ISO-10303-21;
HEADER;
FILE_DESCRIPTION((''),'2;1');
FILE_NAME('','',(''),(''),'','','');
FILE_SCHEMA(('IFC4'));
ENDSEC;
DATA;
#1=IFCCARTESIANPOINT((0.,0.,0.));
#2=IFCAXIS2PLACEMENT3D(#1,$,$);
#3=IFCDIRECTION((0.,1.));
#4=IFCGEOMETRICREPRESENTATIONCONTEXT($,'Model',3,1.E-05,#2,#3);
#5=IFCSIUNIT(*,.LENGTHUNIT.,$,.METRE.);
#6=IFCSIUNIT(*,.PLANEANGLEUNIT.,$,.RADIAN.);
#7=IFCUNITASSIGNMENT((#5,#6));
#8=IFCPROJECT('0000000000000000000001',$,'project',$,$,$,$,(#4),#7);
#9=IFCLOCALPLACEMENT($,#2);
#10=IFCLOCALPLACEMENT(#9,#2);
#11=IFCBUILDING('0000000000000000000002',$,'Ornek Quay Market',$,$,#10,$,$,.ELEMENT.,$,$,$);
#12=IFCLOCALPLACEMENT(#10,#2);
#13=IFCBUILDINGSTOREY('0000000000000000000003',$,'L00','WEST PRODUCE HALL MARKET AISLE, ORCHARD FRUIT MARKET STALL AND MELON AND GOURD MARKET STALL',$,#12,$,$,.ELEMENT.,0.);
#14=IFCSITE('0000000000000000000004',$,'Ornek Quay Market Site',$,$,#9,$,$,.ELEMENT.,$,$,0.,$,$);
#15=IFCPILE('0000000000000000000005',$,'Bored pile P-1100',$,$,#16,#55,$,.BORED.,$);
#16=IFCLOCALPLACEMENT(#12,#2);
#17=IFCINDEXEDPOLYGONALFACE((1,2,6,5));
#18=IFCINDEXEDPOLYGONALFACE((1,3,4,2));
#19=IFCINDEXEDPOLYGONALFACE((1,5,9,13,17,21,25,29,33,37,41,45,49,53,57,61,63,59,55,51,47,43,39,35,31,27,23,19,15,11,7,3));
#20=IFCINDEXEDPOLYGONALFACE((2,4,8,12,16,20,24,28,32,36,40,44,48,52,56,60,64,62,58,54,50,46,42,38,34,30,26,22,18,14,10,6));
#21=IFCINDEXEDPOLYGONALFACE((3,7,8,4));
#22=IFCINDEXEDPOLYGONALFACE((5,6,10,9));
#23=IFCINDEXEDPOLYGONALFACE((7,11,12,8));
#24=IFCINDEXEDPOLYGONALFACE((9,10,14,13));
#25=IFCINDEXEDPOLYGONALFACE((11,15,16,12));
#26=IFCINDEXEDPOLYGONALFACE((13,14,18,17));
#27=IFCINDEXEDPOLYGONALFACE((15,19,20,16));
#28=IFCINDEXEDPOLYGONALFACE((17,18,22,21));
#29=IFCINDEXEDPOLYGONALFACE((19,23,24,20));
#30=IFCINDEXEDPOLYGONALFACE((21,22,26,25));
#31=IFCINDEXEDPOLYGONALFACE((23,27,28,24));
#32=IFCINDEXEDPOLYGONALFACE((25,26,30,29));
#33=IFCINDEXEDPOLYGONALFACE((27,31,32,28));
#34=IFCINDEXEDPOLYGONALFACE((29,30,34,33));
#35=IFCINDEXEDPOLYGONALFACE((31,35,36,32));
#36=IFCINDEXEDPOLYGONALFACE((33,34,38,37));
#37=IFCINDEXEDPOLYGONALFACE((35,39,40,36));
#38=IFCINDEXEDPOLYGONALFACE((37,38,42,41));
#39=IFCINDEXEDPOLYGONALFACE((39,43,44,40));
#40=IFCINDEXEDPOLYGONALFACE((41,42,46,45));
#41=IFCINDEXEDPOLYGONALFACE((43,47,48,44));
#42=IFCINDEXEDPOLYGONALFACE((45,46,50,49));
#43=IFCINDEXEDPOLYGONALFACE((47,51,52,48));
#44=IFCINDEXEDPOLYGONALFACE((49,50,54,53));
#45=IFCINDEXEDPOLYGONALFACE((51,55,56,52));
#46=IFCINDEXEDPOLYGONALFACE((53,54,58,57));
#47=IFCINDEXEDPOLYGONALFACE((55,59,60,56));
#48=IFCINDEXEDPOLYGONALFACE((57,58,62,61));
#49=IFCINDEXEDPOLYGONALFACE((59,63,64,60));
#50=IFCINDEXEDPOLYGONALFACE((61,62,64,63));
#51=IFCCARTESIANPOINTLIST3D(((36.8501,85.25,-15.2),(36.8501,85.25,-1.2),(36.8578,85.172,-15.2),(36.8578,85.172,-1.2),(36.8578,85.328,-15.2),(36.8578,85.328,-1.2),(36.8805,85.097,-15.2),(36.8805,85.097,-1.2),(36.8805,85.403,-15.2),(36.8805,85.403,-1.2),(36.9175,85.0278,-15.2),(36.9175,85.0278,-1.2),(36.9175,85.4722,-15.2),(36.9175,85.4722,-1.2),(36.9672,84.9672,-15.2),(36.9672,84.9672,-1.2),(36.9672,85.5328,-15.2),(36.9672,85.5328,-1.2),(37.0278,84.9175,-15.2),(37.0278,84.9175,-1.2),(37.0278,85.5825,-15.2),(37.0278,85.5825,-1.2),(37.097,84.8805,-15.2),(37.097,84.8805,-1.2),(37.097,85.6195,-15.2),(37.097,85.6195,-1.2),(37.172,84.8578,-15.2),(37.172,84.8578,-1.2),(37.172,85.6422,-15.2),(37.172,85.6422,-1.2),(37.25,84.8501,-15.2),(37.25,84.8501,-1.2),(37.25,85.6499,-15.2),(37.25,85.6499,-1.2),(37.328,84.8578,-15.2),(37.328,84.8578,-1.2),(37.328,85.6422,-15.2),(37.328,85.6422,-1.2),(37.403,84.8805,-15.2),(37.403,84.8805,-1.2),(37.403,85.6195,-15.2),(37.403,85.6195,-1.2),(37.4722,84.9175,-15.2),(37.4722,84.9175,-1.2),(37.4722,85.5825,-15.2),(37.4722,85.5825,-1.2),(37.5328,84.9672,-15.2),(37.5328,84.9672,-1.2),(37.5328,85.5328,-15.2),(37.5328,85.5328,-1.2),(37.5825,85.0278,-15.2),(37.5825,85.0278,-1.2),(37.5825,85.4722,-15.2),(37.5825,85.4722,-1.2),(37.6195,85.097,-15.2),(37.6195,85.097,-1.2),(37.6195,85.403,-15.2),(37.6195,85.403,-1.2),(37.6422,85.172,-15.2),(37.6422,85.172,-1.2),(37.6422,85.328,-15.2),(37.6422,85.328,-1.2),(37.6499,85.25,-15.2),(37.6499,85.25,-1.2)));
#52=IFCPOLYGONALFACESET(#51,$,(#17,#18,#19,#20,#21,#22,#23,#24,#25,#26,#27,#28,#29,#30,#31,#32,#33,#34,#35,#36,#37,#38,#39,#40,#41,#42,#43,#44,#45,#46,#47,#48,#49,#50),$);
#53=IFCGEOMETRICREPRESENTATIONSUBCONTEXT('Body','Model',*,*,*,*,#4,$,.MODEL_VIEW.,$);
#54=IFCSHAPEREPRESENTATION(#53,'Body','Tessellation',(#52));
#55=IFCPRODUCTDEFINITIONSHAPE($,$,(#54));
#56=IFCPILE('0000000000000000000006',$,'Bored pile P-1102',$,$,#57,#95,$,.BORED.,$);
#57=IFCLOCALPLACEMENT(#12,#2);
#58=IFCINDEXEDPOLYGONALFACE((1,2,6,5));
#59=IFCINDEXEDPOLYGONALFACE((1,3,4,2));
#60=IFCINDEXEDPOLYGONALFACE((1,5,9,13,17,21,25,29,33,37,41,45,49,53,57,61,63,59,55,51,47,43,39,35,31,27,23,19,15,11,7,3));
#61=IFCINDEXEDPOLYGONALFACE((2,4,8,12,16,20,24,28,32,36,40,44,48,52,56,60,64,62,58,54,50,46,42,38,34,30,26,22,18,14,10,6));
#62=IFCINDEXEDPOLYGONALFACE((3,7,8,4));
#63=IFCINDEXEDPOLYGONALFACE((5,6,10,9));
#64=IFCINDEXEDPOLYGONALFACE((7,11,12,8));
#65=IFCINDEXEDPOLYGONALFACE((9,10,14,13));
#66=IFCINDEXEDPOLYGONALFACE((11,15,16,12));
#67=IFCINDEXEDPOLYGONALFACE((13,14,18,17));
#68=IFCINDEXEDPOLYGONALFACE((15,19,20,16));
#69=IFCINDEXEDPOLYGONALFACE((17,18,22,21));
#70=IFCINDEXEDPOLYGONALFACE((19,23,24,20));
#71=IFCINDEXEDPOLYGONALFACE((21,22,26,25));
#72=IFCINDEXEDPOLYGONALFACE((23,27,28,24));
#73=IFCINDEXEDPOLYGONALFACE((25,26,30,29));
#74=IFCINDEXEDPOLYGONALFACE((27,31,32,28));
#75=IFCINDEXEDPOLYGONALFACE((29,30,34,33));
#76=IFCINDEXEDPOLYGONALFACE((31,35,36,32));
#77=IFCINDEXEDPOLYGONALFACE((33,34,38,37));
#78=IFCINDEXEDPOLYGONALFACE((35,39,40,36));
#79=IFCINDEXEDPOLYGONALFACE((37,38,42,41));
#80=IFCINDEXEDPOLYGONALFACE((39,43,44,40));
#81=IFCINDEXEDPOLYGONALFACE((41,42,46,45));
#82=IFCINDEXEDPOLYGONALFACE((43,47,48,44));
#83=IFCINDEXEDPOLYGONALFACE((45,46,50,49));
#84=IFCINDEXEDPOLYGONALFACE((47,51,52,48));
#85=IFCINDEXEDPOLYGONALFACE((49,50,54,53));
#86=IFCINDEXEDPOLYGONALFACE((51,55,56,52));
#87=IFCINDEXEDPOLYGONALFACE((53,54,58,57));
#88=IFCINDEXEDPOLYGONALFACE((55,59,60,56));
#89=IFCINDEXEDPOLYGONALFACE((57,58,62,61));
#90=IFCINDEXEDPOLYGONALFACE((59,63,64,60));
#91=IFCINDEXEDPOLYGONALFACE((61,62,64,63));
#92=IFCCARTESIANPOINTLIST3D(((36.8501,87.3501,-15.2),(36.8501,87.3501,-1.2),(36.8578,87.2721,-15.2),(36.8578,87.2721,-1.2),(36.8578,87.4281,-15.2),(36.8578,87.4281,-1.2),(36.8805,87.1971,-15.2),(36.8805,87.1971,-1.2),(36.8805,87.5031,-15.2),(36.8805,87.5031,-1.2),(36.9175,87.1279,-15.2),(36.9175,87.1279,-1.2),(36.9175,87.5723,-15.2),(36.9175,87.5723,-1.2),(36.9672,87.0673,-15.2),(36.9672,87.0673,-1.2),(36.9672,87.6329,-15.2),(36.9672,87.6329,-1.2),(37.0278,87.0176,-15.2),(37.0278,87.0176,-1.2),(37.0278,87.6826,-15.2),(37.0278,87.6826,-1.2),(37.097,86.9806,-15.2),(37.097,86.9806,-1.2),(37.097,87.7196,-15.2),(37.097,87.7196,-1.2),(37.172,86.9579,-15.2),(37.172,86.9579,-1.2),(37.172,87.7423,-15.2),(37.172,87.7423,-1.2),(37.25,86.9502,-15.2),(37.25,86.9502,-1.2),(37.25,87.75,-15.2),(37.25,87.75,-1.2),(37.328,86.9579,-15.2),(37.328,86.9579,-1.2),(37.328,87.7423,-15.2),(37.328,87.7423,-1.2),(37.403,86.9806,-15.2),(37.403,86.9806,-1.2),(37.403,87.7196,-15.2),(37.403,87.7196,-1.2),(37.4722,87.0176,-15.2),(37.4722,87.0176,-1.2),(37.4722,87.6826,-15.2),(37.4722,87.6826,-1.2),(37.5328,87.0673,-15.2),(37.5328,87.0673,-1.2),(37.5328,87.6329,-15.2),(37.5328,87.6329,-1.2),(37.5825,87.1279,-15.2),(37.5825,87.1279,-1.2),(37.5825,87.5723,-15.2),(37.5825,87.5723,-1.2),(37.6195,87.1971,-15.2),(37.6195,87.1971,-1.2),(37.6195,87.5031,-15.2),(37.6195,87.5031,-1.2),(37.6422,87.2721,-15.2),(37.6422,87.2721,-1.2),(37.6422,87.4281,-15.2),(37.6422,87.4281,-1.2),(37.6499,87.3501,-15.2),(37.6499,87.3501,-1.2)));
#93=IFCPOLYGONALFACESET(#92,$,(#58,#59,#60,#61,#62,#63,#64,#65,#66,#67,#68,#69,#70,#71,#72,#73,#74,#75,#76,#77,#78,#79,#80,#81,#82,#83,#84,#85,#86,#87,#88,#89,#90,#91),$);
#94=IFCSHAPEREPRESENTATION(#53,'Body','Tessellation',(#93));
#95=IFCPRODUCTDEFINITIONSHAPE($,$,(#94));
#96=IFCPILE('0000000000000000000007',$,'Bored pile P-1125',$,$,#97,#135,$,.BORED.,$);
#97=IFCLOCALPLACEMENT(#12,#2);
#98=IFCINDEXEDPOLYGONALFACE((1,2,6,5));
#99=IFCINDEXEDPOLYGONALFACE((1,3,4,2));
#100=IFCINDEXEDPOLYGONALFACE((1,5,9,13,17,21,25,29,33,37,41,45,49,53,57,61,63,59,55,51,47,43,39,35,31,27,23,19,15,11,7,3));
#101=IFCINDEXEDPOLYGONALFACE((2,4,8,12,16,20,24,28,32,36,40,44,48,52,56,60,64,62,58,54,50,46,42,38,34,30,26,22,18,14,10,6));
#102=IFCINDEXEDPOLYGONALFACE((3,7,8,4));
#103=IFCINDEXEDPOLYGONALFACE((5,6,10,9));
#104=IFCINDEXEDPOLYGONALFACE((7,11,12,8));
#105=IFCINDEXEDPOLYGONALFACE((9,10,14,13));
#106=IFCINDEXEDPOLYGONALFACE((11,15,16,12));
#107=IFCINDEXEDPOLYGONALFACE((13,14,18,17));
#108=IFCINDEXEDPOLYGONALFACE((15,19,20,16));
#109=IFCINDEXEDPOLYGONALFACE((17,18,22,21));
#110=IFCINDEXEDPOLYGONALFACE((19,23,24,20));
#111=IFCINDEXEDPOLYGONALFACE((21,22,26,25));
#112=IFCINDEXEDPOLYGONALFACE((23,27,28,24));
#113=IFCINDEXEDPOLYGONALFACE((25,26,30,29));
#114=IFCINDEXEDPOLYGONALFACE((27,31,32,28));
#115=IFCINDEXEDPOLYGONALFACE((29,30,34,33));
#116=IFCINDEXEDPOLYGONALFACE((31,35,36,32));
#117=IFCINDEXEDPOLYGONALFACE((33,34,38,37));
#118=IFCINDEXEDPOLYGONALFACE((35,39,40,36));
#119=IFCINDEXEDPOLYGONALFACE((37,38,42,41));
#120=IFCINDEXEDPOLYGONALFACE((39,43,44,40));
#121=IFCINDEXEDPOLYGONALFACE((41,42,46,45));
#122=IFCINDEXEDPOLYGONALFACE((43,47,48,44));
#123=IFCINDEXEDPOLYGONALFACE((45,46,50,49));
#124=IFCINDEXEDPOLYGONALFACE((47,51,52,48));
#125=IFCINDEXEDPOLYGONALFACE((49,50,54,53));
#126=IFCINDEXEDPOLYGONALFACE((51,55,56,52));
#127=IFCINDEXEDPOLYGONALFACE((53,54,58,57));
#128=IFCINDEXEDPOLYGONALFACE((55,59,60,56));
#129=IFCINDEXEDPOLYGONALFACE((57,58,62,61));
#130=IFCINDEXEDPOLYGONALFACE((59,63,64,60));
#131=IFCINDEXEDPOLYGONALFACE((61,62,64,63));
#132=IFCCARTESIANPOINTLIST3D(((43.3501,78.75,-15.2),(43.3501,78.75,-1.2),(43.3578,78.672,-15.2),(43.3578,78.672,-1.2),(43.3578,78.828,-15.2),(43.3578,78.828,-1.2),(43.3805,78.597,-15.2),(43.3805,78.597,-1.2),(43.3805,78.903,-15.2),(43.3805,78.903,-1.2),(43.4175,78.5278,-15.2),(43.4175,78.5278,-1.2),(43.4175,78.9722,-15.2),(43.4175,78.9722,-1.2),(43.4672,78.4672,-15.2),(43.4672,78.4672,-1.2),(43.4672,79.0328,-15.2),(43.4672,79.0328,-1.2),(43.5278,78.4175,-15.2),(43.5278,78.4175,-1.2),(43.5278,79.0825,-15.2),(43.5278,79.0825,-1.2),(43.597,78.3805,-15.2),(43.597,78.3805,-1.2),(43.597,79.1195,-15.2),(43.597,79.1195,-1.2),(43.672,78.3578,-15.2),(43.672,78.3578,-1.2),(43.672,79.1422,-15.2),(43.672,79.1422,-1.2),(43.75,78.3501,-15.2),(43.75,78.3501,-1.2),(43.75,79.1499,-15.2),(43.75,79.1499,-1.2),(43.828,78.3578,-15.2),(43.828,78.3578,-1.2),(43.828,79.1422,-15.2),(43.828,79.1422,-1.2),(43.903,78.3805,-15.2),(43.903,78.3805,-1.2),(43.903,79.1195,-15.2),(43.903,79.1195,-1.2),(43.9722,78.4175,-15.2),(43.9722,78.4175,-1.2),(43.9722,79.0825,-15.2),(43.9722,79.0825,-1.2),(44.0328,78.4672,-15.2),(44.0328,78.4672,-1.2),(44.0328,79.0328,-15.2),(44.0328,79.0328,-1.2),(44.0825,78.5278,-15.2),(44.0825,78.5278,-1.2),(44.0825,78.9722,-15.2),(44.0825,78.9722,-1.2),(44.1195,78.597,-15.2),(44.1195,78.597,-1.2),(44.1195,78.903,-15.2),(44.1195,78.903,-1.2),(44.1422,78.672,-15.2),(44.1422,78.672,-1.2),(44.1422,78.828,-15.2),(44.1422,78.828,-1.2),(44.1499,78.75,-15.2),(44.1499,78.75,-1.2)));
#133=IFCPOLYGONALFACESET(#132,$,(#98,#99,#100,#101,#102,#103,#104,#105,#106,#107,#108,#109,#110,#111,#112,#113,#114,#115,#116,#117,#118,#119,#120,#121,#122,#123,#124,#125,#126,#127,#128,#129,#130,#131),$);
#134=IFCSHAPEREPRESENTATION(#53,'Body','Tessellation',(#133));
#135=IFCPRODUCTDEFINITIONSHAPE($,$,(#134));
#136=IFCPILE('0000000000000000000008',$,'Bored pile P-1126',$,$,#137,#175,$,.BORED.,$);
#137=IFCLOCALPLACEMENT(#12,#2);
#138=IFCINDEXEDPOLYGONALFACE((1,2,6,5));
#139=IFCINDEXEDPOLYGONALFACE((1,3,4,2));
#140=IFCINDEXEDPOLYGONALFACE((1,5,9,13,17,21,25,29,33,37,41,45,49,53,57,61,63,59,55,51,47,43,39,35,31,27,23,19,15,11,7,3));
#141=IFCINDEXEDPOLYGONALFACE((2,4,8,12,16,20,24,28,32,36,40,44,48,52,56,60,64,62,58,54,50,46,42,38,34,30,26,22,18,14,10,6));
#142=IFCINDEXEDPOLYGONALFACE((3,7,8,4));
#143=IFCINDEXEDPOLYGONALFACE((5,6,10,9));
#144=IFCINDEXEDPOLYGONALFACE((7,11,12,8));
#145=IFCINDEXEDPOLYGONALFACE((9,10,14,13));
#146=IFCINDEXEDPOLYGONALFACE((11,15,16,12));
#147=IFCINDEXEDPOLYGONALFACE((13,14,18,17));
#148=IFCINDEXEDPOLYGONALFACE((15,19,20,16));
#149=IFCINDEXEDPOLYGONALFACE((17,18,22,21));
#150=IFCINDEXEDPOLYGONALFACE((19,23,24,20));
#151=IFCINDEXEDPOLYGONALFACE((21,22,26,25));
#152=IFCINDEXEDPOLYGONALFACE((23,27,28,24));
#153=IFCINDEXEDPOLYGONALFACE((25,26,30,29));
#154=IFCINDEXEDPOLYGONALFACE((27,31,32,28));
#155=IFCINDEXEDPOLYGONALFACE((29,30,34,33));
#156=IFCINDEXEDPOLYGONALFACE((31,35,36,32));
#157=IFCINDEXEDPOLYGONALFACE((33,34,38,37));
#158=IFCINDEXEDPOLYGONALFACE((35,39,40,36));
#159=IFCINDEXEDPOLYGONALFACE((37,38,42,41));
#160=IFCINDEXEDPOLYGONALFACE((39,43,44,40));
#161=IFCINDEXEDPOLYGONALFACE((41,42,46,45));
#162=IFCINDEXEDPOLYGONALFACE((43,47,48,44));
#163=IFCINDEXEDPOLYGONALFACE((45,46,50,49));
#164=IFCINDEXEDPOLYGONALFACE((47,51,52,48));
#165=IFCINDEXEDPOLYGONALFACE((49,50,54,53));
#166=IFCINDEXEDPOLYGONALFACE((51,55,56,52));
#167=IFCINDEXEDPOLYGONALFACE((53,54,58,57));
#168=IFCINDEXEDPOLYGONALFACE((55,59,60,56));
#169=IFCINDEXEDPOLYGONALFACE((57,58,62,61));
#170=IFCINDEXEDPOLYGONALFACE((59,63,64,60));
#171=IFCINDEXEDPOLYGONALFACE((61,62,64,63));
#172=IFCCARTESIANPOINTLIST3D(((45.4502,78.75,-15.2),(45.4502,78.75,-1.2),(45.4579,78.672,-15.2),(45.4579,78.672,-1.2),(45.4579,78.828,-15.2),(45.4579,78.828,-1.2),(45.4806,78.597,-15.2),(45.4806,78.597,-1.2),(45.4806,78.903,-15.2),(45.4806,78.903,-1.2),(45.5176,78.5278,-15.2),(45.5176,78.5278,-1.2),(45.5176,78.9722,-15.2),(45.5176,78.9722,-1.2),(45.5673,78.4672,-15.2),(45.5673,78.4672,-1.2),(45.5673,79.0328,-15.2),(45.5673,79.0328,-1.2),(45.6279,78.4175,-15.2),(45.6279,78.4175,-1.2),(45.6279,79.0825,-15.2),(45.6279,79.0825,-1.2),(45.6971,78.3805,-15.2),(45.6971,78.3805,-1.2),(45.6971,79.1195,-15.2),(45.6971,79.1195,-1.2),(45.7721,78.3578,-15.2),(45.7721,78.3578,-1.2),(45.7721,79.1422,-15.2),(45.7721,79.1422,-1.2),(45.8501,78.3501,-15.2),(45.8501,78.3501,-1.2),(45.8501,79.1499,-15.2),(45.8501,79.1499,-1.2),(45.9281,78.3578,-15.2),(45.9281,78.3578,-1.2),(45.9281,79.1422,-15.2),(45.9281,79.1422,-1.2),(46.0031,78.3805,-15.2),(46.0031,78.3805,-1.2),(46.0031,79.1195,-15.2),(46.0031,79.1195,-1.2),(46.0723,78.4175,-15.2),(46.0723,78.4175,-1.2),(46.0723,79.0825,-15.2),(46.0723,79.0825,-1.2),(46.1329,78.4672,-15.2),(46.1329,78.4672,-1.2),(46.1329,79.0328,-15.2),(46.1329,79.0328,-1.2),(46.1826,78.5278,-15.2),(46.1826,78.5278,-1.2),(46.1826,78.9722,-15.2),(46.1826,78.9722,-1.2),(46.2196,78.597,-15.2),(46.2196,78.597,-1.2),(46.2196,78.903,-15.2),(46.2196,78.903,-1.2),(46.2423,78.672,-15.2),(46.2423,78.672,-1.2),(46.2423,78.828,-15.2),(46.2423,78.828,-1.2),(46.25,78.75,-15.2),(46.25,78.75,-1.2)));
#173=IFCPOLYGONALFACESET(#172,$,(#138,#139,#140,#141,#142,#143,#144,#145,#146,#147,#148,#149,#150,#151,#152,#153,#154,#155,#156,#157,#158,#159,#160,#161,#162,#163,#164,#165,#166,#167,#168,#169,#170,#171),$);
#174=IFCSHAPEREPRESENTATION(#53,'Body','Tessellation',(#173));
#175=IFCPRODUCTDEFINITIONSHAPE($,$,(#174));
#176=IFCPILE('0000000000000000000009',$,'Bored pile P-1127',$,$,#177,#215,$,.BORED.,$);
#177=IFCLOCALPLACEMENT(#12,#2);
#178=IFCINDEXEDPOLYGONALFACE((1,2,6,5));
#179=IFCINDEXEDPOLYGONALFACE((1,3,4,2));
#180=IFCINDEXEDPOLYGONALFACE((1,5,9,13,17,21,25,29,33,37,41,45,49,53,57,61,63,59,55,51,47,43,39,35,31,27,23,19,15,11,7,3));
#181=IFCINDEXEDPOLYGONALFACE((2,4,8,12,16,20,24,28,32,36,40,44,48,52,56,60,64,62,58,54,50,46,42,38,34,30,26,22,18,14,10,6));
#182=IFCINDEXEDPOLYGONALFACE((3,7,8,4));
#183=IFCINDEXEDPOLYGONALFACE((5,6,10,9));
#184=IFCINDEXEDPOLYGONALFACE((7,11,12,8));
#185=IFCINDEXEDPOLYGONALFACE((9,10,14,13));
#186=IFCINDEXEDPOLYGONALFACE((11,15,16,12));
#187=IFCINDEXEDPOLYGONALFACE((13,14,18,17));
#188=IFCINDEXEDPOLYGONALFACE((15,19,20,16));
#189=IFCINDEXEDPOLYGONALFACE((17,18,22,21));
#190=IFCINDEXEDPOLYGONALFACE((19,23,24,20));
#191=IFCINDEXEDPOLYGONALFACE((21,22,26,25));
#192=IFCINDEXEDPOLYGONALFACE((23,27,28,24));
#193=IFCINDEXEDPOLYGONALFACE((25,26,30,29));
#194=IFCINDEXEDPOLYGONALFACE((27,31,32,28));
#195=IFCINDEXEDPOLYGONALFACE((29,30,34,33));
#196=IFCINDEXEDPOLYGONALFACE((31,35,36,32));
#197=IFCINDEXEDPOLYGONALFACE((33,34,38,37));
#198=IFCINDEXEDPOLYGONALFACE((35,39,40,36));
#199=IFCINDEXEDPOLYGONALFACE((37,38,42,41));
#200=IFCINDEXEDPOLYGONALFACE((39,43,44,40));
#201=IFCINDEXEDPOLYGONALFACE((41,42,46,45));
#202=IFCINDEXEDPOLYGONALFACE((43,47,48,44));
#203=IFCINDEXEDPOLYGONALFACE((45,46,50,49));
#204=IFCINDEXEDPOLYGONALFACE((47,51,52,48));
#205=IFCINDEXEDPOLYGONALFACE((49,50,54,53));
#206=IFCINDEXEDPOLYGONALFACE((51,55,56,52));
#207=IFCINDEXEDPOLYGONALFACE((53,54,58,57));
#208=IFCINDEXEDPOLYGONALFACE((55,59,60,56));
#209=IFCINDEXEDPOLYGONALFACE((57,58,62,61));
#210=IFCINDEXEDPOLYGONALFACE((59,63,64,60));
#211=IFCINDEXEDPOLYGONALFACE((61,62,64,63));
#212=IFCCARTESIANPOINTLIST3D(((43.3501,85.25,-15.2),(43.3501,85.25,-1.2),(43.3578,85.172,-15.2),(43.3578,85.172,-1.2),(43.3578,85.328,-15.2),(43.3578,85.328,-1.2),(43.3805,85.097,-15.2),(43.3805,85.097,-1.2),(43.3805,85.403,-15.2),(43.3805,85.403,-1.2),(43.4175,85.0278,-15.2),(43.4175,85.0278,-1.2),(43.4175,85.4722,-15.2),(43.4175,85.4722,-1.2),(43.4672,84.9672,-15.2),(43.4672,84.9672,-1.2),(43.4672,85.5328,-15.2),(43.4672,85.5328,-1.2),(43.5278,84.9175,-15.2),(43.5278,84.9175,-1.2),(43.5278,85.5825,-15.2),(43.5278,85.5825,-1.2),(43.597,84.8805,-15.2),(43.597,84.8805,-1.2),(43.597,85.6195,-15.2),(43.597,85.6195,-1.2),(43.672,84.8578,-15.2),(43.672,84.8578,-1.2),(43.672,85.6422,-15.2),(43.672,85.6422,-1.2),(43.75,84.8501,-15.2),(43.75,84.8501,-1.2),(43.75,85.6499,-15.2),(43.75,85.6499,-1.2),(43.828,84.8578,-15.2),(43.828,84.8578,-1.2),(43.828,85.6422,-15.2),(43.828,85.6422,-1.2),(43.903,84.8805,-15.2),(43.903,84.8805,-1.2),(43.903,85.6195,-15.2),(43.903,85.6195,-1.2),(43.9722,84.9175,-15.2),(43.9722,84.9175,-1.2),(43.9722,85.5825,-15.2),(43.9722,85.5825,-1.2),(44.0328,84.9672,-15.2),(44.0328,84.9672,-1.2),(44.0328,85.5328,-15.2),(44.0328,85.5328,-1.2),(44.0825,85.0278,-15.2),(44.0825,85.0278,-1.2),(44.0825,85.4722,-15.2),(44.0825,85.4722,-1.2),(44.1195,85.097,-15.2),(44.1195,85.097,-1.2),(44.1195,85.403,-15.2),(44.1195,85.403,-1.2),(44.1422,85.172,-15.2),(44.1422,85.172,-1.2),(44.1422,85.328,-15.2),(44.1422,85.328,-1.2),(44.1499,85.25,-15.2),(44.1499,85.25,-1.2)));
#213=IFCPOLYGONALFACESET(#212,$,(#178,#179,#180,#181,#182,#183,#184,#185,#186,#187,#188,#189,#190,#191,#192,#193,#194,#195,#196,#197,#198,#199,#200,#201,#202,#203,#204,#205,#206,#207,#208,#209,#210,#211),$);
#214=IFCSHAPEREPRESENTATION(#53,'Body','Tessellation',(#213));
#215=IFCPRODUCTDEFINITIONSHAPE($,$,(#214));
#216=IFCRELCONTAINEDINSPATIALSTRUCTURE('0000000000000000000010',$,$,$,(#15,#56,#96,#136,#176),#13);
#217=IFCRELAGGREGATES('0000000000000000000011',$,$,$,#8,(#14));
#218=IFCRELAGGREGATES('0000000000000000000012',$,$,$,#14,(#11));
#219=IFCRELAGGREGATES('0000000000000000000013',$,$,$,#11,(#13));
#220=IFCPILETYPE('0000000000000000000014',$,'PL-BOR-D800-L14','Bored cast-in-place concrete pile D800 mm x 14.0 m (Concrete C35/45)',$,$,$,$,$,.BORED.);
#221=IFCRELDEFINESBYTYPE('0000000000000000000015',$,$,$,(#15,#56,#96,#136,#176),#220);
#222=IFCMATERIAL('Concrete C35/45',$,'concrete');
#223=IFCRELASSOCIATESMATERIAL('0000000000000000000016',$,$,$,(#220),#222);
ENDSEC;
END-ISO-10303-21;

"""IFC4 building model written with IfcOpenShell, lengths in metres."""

from ifc_helpers import new_model, si_unit, direction, frame, origin, origin_2d, place, context, subcontext, project, spatial, circle, extrude, material, material_profile, profile_set, type_object, element, save


model = new_model("IFC4")

# Units and contexts
model_context = context("Model", 3, precision=1e-05, world=origin(), true_north=direction((0.0, 1.0)))
body_context = subcontext(model_context, "Body", "Model", "MODEL_VIEW")
ifc_project = project(units=[si_unit("LENGTHUNIT", "METRE"), si_unit("PLANEANGLEUNIT", "RADIAN")], contexts=[model_context])

# Site, building, storey
site_placement = place(None, origin())
site = spatial("IfcSite", under=ifc_project, at=site_placement, Name="Ornek Quay Market Site", CompositionType="ELEMENT", RefElevation=0.0)
building_placement = place(site_placement, origin())
building = spatial("IfcBuilding", under=site, at=building_placement, Name="Ornek Quay Market", CompositionType="ELEMENT")
storey_placement = place(building_placement, origin())
storey = spatial("IfcBuildingStorey", under=building, at=storey_placement, Name="L00", Description="WEST PRODUCE HALL MARKET AISLE, ORCHARD FRUIT MARKET STALL AND MELON AND GOURD MARKET STALL", CompositionType="ELEMENT", Elevation=0.0)

# Piles
ifc_material_1 = material(Name="Concrete C35/45", Category="concrete")
ifc_material_profile_1 = material_profile(ifc_material_1, circle(Radius=0.3999, at=origin_2d()), Name="PILE D800", Category="concrete")
ifc_profile_set_1 = profile_set([ifc_material_profile_1], Name="Concrete C35/45")
pile_type_1 = type_object("IfcPileType", Name="PL-BOR-D800-L14", Description="Bored cast-in-place concrete pile D800 mm x 14.0 m (Concrete C35/45)", PredefinedType="BORED", material=ifc_profile_set_1)
for number, where, z_axis, x_axis, name in (
    (1, (37.25, 85.25, -1.2), (0.0, 0.0, -1.0), (1.0, 0.0, 0.0), "Bored pile P-1100"),
    (2, (37.25, 87.3501, -1.2), (0.0, 0.0, -1.0), (1.0, 0.0, 0.0), "Bored pile P-1102"),
    (3, (43.75, 78.75, -1.2), (0.0, 0.0, -1.0), (1.0, 0.0, 0.0), "Bored pile P-1125"),
    (4, (45.8501, 78.75, -1.2), (0.0, 0.0, -1.0), (1.0, 0.0, 0.0), "Bored pile P-1126"),
    (5, (43.75, 85.25, -1.2), (0.0, 0.0, -1.0), (1.0, 0.0, 0.0), "Bored pile P-1127"),
):
    element("IfcPile", number, at=place(storey_placement, frame(where, z_axis=z_axis, x_axis=x_axis)), inside=storey, type_object=pile_type_1, Name=name, PredefinedType="BORED", context=body_context, shape_type="SweptSolid", body=[
        extrude(circle(Radius=0.3999, at=origin_2d()), origin(), (0.0, 0.0, 1.0), 14.0),
    ])

save(model, "model.ifc")
